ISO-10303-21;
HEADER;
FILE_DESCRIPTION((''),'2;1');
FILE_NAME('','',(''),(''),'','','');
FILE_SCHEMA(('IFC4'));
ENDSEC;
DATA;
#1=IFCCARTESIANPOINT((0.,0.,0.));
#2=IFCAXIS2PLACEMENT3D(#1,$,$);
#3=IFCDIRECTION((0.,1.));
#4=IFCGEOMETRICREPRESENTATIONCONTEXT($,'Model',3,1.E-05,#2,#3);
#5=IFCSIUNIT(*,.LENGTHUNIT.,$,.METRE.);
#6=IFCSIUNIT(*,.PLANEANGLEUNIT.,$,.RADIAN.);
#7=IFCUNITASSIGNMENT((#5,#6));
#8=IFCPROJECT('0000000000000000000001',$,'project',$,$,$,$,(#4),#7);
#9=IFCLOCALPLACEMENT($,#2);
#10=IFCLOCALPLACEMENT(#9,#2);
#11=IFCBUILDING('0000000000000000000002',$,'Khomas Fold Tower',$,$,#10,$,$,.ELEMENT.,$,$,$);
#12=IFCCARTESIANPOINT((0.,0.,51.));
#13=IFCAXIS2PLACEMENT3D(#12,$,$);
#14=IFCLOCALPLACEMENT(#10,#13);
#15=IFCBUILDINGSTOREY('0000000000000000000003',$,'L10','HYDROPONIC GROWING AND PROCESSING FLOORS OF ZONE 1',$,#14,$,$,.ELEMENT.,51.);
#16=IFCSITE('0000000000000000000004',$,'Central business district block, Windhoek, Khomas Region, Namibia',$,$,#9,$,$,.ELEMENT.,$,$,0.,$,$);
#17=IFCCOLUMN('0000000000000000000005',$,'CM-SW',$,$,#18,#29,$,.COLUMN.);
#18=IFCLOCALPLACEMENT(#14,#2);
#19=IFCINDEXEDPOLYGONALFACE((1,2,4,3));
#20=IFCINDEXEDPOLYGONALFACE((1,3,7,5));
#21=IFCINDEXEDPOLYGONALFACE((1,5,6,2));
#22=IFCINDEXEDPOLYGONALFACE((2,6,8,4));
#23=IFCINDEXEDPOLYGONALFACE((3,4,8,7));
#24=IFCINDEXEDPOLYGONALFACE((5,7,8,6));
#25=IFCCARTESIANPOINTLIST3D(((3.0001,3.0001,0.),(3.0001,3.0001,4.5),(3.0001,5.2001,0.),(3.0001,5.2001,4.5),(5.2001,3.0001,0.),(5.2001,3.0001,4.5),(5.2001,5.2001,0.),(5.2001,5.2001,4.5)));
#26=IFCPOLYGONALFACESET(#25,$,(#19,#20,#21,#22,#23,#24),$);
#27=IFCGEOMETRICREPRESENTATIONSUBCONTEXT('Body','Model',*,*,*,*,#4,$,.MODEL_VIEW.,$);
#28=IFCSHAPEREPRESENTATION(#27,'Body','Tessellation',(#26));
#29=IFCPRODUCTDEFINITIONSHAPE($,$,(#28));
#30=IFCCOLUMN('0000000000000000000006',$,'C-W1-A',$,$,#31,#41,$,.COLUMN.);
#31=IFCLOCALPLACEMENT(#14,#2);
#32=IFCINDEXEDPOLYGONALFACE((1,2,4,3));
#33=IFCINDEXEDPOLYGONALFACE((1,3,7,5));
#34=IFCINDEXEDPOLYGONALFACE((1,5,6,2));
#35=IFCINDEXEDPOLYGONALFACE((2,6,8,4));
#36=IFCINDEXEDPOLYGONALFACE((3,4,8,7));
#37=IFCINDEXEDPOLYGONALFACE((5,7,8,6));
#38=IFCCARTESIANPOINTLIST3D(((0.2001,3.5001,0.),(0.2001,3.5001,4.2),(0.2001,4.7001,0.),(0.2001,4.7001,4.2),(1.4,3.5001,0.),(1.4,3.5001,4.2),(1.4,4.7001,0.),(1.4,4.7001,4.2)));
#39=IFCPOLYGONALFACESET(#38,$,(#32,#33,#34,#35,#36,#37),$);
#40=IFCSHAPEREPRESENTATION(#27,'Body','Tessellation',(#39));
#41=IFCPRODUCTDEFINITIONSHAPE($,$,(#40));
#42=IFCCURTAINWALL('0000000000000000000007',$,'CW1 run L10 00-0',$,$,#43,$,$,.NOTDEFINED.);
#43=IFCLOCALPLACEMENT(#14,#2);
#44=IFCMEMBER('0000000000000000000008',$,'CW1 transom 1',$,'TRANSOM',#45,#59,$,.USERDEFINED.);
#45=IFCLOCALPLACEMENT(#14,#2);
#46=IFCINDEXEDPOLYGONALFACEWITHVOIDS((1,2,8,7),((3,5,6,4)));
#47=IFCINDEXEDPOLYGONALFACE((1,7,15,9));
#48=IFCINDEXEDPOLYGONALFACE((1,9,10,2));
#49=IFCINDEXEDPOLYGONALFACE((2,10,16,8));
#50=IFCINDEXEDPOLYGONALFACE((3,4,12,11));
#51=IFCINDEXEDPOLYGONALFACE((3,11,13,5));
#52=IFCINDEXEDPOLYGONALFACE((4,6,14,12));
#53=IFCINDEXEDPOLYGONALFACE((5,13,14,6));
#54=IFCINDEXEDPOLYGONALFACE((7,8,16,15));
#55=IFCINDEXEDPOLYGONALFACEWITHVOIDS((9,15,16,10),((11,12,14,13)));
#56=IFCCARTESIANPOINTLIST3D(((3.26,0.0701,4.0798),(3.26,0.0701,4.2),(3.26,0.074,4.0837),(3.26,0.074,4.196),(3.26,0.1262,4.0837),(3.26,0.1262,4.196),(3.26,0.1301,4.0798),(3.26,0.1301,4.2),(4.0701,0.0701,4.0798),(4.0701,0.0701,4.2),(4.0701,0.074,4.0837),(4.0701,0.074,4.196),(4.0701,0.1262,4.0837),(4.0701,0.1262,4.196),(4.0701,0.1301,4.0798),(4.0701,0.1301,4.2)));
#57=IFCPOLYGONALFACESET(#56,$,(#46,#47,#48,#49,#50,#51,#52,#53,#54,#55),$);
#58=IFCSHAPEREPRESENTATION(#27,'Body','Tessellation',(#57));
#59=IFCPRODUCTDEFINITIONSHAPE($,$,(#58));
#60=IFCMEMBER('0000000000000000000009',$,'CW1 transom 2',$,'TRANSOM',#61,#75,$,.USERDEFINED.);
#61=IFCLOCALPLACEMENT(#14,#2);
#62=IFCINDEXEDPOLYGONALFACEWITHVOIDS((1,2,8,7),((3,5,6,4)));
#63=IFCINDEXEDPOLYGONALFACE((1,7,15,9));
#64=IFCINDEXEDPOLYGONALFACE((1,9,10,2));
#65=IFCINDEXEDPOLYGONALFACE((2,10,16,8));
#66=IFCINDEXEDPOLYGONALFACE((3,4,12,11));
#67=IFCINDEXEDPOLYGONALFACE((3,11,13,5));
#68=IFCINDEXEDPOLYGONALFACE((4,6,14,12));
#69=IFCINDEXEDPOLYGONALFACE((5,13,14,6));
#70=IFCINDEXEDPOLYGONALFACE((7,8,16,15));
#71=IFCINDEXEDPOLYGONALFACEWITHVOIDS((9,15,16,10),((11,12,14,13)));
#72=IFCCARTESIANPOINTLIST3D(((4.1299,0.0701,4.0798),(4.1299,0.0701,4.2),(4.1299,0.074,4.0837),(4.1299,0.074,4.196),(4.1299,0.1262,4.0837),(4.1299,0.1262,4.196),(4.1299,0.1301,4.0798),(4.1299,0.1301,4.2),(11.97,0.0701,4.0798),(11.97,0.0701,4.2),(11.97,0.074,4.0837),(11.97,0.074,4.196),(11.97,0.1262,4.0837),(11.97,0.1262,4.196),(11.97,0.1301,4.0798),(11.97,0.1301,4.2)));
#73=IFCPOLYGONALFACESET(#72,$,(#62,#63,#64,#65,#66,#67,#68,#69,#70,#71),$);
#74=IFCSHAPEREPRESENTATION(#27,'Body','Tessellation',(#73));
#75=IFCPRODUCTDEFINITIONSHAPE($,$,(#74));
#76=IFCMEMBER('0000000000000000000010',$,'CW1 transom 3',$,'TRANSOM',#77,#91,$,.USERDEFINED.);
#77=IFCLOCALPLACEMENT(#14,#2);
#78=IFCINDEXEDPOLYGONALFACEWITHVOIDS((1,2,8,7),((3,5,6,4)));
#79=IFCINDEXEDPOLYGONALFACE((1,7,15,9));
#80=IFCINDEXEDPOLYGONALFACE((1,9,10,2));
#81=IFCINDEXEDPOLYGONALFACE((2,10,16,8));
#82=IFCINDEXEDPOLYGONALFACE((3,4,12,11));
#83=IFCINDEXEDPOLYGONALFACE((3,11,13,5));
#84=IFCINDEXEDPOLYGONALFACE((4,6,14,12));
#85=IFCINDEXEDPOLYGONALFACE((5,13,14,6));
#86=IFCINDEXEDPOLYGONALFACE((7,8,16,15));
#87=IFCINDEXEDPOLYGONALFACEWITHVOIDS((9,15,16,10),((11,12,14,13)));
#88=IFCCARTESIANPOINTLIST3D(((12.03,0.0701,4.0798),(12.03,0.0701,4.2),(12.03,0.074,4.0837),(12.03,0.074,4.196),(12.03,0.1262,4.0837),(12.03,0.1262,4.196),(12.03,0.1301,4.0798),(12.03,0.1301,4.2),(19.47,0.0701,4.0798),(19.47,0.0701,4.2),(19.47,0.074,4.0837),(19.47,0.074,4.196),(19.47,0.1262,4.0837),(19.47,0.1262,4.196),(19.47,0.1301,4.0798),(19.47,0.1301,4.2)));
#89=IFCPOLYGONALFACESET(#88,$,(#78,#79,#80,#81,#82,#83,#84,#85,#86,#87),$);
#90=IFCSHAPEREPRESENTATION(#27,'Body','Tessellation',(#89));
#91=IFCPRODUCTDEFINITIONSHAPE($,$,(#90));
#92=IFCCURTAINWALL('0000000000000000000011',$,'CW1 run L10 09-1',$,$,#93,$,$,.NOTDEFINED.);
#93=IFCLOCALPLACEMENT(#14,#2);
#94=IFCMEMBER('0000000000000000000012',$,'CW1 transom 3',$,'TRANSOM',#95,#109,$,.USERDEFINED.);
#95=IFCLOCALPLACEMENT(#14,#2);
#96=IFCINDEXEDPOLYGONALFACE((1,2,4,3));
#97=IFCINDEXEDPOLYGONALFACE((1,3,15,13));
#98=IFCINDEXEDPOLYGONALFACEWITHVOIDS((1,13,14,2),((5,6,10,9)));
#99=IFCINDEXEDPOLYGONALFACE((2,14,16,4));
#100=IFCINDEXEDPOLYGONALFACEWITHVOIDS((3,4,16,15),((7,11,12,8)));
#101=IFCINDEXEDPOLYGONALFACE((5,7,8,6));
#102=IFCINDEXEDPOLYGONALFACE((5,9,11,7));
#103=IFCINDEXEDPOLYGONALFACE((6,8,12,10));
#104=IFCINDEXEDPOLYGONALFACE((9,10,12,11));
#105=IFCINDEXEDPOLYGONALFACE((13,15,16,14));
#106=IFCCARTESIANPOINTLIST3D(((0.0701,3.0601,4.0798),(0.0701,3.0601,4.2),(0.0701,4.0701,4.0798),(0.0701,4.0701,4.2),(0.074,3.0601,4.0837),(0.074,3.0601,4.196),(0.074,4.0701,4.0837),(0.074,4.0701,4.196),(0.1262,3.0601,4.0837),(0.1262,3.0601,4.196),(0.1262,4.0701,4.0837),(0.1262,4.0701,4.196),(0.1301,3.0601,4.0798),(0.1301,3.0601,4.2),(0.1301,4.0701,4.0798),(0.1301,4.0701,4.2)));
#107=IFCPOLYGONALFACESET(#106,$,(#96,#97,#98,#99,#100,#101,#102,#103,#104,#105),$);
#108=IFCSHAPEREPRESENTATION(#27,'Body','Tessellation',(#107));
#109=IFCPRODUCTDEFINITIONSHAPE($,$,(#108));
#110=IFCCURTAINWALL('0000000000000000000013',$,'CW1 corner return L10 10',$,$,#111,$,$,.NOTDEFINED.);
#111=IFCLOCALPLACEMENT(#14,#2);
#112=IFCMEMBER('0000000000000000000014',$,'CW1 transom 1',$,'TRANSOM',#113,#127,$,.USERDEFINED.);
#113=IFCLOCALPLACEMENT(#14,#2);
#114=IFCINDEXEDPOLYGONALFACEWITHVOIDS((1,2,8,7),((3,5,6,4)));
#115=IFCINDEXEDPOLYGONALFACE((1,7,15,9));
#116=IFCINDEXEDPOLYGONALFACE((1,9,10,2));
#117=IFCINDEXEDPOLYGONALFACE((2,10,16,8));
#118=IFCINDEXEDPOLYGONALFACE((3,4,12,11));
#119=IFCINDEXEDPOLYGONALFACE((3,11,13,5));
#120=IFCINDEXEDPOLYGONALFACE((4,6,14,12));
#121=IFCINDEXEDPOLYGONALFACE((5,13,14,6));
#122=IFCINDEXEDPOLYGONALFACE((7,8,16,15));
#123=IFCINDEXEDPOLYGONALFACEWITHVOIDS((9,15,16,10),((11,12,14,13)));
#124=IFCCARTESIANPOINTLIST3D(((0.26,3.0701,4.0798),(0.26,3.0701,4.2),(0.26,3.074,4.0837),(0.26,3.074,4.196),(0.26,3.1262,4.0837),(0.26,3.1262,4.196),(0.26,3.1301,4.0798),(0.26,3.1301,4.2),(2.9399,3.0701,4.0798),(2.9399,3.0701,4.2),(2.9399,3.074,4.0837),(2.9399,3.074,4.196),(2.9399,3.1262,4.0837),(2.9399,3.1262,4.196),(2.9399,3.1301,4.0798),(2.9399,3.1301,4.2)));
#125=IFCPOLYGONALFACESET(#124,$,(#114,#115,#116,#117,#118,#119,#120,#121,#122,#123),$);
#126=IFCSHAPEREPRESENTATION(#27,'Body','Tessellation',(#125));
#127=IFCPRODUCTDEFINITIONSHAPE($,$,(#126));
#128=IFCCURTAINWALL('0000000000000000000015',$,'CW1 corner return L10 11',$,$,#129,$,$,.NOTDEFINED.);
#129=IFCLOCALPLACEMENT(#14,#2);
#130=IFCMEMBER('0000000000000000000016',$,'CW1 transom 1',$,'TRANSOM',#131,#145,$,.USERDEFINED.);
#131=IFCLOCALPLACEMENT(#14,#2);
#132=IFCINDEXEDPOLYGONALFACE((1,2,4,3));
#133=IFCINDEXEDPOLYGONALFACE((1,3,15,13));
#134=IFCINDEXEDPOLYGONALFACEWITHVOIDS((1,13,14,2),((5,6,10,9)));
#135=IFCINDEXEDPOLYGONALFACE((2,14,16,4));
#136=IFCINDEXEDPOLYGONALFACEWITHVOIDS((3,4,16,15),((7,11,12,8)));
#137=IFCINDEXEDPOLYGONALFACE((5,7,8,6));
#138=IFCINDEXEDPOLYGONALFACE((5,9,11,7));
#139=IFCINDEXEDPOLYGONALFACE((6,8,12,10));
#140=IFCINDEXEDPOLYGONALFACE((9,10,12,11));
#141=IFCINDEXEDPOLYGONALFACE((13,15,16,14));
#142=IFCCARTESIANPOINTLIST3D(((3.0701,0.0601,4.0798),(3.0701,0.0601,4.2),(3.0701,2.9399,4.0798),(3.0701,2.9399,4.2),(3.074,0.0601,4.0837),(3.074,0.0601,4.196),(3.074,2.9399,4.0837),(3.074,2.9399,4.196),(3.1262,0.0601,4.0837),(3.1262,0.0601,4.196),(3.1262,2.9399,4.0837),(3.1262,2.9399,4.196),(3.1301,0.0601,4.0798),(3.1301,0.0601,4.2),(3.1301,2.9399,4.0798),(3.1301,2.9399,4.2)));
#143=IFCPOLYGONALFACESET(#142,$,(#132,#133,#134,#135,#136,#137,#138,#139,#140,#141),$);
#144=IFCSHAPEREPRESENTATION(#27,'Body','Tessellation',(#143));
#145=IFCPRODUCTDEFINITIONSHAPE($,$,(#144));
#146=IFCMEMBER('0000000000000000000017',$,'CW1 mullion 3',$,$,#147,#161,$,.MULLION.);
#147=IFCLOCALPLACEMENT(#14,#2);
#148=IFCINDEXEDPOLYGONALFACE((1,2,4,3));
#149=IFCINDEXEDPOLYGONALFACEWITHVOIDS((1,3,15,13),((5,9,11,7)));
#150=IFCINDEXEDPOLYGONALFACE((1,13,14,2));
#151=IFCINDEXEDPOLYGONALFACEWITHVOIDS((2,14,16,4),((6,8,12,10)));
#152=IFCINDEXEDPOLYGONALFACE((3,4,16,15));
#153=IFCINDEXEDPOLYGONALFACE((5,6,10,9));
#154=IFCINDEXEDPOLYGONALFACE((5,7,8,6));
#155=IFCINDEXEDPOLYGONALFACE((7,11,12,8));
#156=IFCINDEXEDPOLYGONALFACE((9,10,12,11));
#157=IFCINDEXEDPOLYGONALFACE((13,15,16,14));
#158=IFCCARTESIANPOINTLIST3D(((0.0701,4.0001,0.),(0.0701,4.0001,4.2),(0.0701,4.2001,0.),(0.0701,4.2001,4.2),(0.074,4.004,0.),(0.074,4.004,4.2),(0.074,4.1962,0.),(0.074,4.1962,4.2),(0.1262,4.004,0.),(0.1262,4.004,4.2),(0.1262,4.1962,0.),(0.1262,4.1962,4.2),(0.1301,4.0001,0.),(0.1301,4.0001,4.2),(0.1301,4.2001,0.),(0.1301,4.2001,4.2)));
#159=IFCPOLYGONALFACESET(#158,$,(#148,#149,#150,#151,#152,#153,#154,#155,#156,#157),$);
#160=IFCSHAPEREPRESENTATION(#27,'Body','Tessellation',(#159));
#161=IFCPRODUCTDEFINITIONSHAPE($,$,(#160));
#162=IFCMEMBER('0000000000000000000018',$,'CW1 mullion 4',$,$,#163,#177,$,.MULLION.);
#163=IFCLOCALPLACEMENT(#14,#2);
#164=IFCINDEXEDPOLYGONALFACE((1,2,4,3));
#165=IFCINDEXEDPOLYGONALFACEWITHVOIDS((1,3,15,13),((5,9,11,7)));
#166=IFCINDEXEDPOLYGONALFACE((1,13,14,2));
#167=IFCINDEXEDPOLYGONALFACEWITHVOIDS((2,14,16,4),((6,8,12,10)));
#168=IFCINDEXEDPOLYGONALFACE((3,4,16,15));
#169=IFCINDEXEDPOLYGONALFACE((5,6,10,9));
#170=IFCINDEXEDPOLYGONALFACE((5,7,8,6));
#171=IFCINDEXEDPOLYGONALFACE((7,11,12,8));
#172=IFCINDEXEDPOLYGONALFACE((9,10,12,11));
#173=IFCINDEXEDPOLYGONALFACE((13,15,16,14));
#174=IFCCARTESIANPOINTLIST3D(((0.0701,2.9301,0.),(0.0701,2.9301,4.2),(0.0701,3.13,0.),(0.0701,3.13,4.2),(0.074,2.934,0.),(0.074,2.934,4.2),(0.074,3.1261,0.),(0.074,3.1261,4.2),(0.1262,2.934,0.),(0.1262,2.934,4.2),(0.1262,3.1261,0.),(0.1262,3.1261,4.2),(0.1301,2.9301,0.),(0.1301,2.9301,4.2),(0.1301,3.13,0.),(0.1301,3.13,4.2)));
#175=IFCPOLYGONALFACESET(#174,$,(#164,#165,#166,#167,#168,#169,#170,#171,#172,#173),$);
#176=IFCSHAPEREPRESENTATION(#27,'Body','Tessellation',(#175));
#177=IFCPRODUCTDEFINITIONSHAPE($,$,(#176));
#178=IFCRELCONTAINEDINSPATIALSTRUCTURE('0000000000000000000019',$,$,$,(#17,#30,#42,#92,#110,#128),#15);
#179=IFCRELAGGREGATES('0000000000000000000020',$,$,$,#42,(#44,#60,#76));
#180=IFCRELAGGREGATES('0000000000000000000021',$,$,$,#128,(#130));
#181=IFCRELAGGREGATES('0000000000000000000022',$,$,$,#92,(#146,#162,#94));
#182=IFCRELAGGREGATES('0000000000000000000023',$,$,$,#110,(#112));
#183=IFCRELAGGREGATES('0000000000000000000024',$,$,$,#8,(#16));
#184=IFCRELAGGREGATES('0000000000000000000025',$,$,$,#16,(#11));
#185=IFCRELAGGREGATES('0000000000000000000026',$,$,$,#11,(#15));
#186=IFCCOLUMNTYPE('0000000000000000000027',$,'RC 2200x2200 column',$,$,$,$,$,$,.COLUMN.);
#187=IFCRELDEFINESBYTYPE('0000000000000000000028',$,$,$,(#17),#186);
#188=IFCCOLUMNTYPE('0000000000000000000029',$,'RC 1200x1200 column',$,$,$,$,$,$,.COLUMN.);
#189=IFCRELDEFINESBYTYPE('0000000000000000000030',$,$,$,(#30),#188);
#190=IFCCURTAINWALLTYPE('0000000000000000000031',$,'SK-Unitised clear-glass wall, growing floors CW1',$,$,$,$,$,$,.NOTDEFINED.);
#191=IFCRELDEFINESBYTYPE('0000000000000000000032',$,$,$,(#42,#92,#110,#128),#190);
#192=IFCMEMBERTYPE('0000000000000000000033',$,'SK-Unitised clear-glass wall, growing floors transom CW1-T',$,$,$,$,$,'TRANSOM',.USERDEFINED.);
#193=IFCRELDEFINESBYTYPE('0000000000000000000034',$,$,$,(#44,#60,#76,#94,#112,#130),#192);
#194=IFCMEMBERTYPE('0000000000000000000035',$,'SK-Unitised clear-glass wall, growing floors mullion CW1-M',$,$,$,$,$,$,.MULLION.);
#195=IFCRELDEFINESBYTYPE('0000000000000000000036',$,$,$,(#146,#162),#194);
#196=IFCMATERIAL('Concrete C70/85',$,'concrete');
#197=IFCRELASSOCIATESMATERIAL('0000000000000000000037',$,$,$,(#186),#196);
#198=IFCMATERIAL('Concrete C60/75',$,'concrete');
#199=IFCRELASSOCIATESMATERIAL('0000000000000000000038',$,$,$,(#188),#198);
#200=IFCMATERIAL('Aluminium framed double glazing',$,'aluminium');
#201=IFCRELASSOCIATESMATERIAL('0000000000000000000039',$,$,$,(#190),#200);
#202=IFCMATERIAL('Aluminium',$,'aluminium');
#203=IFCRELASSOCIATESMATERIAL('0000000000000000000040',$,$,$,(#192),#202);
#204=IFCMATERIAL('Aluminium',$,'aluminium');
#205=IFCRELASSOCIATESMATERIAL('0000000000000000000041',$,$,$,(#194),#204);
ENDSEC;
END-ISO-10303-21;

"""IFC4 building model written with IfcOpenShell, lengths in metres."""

from ifc_helpers import new_model, si_unit, direction, frame, origin, origin_2d, place, context, subcontext, project, spatial, rectangle, hollow_rectangle, extrude, source, transform, mapped, material, material_profile, profile_set, type_object, element, aggregate, save


model = new_model("IFC4")

# Units and contexts
model_context = context("Model", 3, precision=1e-05, world=origin(), true_north=direction((0.0, 1.0)))
body_context = subcontext(model_context, "Body", "Model", "MODEL_VIEW")
ifc_project = project(units=[si_unit("LENGTHUNIT", "METRE"), si_unit("PLANEANGLEUNIT", "RADIAN")], contexts=[model_context])

# Site, building, storey
site_placement = place(None, origin())
site = spatial("IfcSite", under=ifc_project, at=site_placement, Name="Central business district block, Windhoek, Khomas Region, Namibia", CompositionType="ELEMENT", RefElevation=0.0)
building_placement = place(site_placement, origin())
building = spatial("IfcBuilding", under=site, at=building_placement, Name="Khomas Fold Tower", CompositionType="ELEMENT")
storey_placement = place(building_placement, frame((0.0, 0.0, 51.0)))
storey = spatial("IfcBuildingStorey", under=building, at=storey_placement, Name="L10", Description="HYDROPONIC GROWING AND PROCESSING FLOORS OF ZONE 1", CompositionType="ELEMENT", Elevation=51.0)

# Columns
ifc_material_1 = material(Name="Concrete C70/85", Category="concrete")
ifc_material_profile_1 = material_profile(ifc_material_1, rectangle(XDim=2.2, YDim=2.2, at=origin_2d()), Name="RC 2200x2200")
ifc_profile_set_1 = profile_set([ifc_material_profile_1], Name="Concrete C70/85")
column_type_1 = type_object("IfcColumnType", Name="RC 2200x2200 column", PredefinedType="COLUMN", material=ifc_profile_set_1)
shared_shape_1 = source(origin(), body_context, "Body", "SweptSolid", [
    extrude(rectangle(XDim=2.2, YDim=2.2, at=origin_2d()), origin(), (0.0, 0.0, 1.0), 4.5),
])
column_1_placement = place(storey_placement, frame((4.1001, 4.1001, 0.0), z_axis=(0.0, 0.0, 1.0), x_axis=(1.0, 0.0, 0.0)))
element("IfcColumn", 1, at=column_1_placement, inside=storey, type_object=column_type_1, Name="CM-SW", PredefinedType="COLUMN", context=body_context, shape_type="MappedRepresentation", body=[
    mapped(shared_shape_1, transform((0.0, 0.0, 0.0))),
])
ifc_material_2 = material(Name="Concrete C60/75", Category="concrete")
ifc_material_profile_2 = material_profile(ifc_material_2, rectangle(XDim=1.2, YDim=1.2, at=origin_2d()), Name="RC 1200x1200")
ifc_profile_set_2 = profile_set([ifc_material_profile_2], Name="Concrete C60/75")
column_type_2 = type_object("IfcColumnType", Name="RC 1200x1200 column", PredefinedType="COLUMN", material=ifc_profile_set_2)
shared_shape_2 = source(origin(), body_context, "Body", "SweptSolid", [
    extrude(rectangle(XDim=1.2, YDim=1.2, at=origin_2d()), origin(), (0.0, 0.0, 1.0), 4.2),
])
column_2_placement = place(storey_placement, frame((0.8, 4.1001, 0.0), z_axis=(0.0, 0.0, 1.0), x_axis=(1.0, 0.0, 0.0)))
element("IfcColumn", 2, at=column_2_placement, inside=storey, type_object=column_type_2, Name="C-W1-A", PredefinedType="COLUMN", context=body_context, shape_type="MappedRepresentation", body=[
    mapped(shared_shape_2, transform((0.0, 0.0, 0.0))),
])

# Curtain wall, members
ifc_material_3 = material(Name="Aluminium framed double glazing", Category="aluminium")
curtain_wall_type = type_object("IfcCurtainWallType", Name="SK-Unitised clear-glass wall, growing floors CW1", PredefinedType="NOTDEFINED", material=ifc_material_3)
curtain_wall_1_placement = place(storey_placement, origin())
curtain_wall_1 = element("IfcCurtainWall", 3, at=curtain_wall_1_placement, inside=storey, type_object=curtain_wall_type, Name="CW1 run L10 00-0", PredefinedType="NOTDEFINED")
ifc_material_4 = material(Name="Aluminium", Category="aluminium")
ifc_material_profile_3 = material_profile(ifc_material_4, hollow_rectangle(XDim=0.0601, YDim=0.1201, WallThickness=0.0039, at=origin_2d()), Name="SK-Unitised clear-glass wall, growing floors transom CW1-T")
ifc_profile_set_3 = profile_set([ifc_material_profile_3], Name="Aluminium")
member_type_1 = type_object("IfcMemberType", Name="SK-Unitised clear-glass wall, growing floors transom CW1-T", ElementType="TRANSOM", PredefinedType="USERDEFINED", material=ifc_profile_set_3)
shared_shape_3 = source(origin(), body_context, "Body", "SweptSolid", [
    extrude(hollow_rectangle(XDim=0.0601, YDim=0.1201, WallThickness=0.0039, at=origin_2d()), origin(), (0.0, 0.0, 1.0), 0.8101),
])
member_1_placement = place(storey_placement, frame((3.26, 0.1001, 4.1399), z_axis=(1.0, 0.0, 0.0), x_axis=(0.0, 1.0, 0.0)))
member_1 = element("IfcMember", 4, at=member_1_placement, type_object=member_type_1, Name="CW1 transom 1", ObjectType="TRANSOM", PredefinedType="USERDEFINED", context=body_context, shape_type="MappedRepresentation", body=[
    mapped(shared_shape_3, transform((0.0, 0.0, 0.0))),
])
shared_shape_4 = source(origin(), body_context, "Body", "SweptSolid", [
    extrude(hollow_rectangle(XDim=0.0601, YDim=0.1201, WallThickness=0.0039, at=origin_2d()), origin(), (0.0, 0.0, 1.0), 7.8401),
])
member_2_placement = place(storey_placement, frame((4.1299, 0.1001, 4.1399), z_axis=(1.0, 0.0, 0.0), x_axis=(0.0, 1.0, 0.0)))
member_2 = element("IfcMember", 5, at=member_2_placement, type_object=member_type_1, Name="CW1 transom 2", ObjectType="TRANSOM", PredefinedType="USERDEFINED", context=body_context, shape_type="MappedRepresentation", body=[
    mapped(shared_shape_4, transform((0.0, 0.0, 0.0))),
])
shared_shape_5 = source(origin(), body_context, "Body", "SweptSolid", [
    extrude(hollow_rectangle(XDim=0.0601, YDim=0.1201, WallThickness=0.0039, at=origin_2d()), origin(), (0.0, 0.0, 1.0), 7.4399),
])
member_3_placement = place(storey_placement, frame((12.03, 0.1001, 4.1399), z_axis=(1.0, 0.0, 0.0), x_axis=(0.0, 1.0, 0.0)))
member_3 = element("IfcMember", 6, at=member_3_placement, type_object=member_type_1, Name="CW1 transom 3", ObjectType="TRANSOM", PredefinedType="USERDEFINED", context=body_context, shape_type="MappedRepresentation", body=[
    mapped(shared_shape_5, transform((0.0, 0.0, 0.0))),
])
aggregate(curtain_wall_1, [member_1, member_2, member_3])

# Curtain walls, members
curtain_wall_2_placement = place(storey_placement, origin())
curtain_wall_2 = element("IfcCurtainWall", 7, at=curtain_wall_2_placement, inside=storey, type_object=curtain_wall_type, Name="CW1 run L10 09-1", PredefinedType="NOTDEFINED")
shared_shape_6 = source(origin(), body_context, "Body", "SweptSolid", [
    extrude(hollow_rectangle(XDim=0.0601, YDim=0.1201, WallThickness=0.0039, at=origin_2d()), origin(), (0.0, 0.0, 1.0), 1.01),
])
member_4_placement = place(storey_placement, frame((0.1001, 4.0701, 4.1399), z_axis=(0.0, -1.0, 0.0), x_axis=(1.0, 0.0, 0.0)))
member_4 = element("IfcMember", 8, at=member_4_placement, type_object=member_type_1, Name="CW1 transom 3", ObjectType="TRANSOM", PredefinedType="USERDEFINED", context=body_context, shape_type="MappedRepresentation", body=[
    mapped(shared_shape_6, transform((0.0, 0.0, 0.0))),
])
curtain_wall_3_placement = place(storey_placement, origin())
curtain_wall_3 = element("IfcCurtainWall", 9, at=curtain_wall_3_placement, inside=storey, type_object=curtain_wall_type, Name="CW1 corner return L10 10", PredefinedType="NOTDEFINED")
shared_shape_7 = source(origin(), body_context, "Body", "SweptSolid", [
    extrude(hollow_rectangle(XDim=0.0601, YDim=0.1201, WallThickness=0.0039, at=origin_2d()), origin(), (0.0, 0.0, 1.0), 2.6799),
])
member_5_placement = place(storey_placement, frame((0.26, 3.1001, 4.1399), z_axis=(1.0, 0.0, 0.0), x_axis=(0.0, 1.0, 0.0)))
member_5 = element("IfcMember", 10, at=member_5_placement, type_object=member_type_1, Name="CW1 transom 1", ObjectType="TRANSOM", PredefinedType="USERDEFINED", context=body_context, shape_type="MappedRepresentation", body=[
    mapped(shared_shape_7, transform((0.0, 0.0, 0.0))),
])
curtain_wall_4_placement = place(storey_placement, origin())
curtain_wall_4 = element("IfcCurtainWall", 11, at=curtain_wall_4_placement, inside=storey, type_object=curtain_wall_type, Name="CW1 corner return L10 11", PredefinedType="NOTDEFINED")
shared_shape_8 = source(origin(), body_context, "Body", "SweptSolid", [
    extrude(hollow_rectangle(XDim=0.0601, YDim=0.1201, WallThickness=0.0039, at=origin_2d()), origin(), (0.0, 0.0, 1.0), 2.8799),
])
member_6_placement = place(storey_placement, frame((3.1001, 2.9399, 4.1399), z_axis=(0.0, -1.0, 0.0), x_axis=(1.0, 0.0, 0.0)))
member_6 = element("IfcMember", 12, at=member_6_placement, type_object=member_type_1, Name="CW1 transom 1", ObjectType="TRANSOM", PredefinedType="USERDEFINED", context=body_context, shape_type="MappedRepresentation", body=[
    mapped(shared_shape_8, transform((0.0, 0.0, 0.0))),
])
aggregate(curtain_wall_4, [member_6])

# Members
ifc_material_5 = material(Name="Aluminium", Category="aluminium")
ifc_material_profile_4 = material_profile(ifc_material_5, hollow_rectangle(XDim=0.0601, YDim=0.2, WallThickness=0.0039, at=origin_2d()), Name="SK-Unitised clear-glass wall, growing floors mullion CW1-M")
ifc_profile_set_4 = profile_set([ifc_material_profile_4], Name="Aluminium")
member_type_2 = type_object("IfcMemberType", Name="SK-Unitised clear-glass wall, growing floors mullion CW1-M", PredefinedType="MULLION", material=ifc_profile_set_4)
shared_shape_9 = source(origin(), body_context, "Body", "SweptSolid", [
    extrude(hollow_rectangle(XDim=0.0601, YDim=0.2, WallThickness=0.0039, at=origin_2d()), origin(), (0.0, 0.0, 1.0), 4.2),
])
member_7_placement = place(storey_placement, frame((0.1001, 4.1001, 0.0), z_axis=(0.0, 0.0, 1.0), x_axis=(1.0, 0.0, 0.0)))
member_7 = element("IfcMember", 13, at=member_7_placement, type_object=member_type_2, Name="CW1 mullion 3", PredefinedType="MULLION", context=body_context, shape_type="MappedRepresentation", body=[
    mapped(shared_shape_9, transform((0.0, 0.0, 0.0))),
])
member_8_placement = place(storey_placement, frame((0.1001, 3.03, 0.0), z_axis=(0.0, 0.0, 1.0), x_axis=(1.0, 0.0, 0.0)))
member_8 = element("IfcMember", 14, at=member_8_placement, type_object=member_type_2, Name="CW1 mullion 4", PredefinedType="MULLION", context=body_context, shape_type="MappedRepresentation", body=[
    mapped(shared_shape_9, transform((0.0, 0.0, 0.0))),
])

aggregate(curtain_wall_2, [member_7, member_8, member_4])
aggregate(curtain_wall_3, [member_5])

save(model, "model.ifc")
